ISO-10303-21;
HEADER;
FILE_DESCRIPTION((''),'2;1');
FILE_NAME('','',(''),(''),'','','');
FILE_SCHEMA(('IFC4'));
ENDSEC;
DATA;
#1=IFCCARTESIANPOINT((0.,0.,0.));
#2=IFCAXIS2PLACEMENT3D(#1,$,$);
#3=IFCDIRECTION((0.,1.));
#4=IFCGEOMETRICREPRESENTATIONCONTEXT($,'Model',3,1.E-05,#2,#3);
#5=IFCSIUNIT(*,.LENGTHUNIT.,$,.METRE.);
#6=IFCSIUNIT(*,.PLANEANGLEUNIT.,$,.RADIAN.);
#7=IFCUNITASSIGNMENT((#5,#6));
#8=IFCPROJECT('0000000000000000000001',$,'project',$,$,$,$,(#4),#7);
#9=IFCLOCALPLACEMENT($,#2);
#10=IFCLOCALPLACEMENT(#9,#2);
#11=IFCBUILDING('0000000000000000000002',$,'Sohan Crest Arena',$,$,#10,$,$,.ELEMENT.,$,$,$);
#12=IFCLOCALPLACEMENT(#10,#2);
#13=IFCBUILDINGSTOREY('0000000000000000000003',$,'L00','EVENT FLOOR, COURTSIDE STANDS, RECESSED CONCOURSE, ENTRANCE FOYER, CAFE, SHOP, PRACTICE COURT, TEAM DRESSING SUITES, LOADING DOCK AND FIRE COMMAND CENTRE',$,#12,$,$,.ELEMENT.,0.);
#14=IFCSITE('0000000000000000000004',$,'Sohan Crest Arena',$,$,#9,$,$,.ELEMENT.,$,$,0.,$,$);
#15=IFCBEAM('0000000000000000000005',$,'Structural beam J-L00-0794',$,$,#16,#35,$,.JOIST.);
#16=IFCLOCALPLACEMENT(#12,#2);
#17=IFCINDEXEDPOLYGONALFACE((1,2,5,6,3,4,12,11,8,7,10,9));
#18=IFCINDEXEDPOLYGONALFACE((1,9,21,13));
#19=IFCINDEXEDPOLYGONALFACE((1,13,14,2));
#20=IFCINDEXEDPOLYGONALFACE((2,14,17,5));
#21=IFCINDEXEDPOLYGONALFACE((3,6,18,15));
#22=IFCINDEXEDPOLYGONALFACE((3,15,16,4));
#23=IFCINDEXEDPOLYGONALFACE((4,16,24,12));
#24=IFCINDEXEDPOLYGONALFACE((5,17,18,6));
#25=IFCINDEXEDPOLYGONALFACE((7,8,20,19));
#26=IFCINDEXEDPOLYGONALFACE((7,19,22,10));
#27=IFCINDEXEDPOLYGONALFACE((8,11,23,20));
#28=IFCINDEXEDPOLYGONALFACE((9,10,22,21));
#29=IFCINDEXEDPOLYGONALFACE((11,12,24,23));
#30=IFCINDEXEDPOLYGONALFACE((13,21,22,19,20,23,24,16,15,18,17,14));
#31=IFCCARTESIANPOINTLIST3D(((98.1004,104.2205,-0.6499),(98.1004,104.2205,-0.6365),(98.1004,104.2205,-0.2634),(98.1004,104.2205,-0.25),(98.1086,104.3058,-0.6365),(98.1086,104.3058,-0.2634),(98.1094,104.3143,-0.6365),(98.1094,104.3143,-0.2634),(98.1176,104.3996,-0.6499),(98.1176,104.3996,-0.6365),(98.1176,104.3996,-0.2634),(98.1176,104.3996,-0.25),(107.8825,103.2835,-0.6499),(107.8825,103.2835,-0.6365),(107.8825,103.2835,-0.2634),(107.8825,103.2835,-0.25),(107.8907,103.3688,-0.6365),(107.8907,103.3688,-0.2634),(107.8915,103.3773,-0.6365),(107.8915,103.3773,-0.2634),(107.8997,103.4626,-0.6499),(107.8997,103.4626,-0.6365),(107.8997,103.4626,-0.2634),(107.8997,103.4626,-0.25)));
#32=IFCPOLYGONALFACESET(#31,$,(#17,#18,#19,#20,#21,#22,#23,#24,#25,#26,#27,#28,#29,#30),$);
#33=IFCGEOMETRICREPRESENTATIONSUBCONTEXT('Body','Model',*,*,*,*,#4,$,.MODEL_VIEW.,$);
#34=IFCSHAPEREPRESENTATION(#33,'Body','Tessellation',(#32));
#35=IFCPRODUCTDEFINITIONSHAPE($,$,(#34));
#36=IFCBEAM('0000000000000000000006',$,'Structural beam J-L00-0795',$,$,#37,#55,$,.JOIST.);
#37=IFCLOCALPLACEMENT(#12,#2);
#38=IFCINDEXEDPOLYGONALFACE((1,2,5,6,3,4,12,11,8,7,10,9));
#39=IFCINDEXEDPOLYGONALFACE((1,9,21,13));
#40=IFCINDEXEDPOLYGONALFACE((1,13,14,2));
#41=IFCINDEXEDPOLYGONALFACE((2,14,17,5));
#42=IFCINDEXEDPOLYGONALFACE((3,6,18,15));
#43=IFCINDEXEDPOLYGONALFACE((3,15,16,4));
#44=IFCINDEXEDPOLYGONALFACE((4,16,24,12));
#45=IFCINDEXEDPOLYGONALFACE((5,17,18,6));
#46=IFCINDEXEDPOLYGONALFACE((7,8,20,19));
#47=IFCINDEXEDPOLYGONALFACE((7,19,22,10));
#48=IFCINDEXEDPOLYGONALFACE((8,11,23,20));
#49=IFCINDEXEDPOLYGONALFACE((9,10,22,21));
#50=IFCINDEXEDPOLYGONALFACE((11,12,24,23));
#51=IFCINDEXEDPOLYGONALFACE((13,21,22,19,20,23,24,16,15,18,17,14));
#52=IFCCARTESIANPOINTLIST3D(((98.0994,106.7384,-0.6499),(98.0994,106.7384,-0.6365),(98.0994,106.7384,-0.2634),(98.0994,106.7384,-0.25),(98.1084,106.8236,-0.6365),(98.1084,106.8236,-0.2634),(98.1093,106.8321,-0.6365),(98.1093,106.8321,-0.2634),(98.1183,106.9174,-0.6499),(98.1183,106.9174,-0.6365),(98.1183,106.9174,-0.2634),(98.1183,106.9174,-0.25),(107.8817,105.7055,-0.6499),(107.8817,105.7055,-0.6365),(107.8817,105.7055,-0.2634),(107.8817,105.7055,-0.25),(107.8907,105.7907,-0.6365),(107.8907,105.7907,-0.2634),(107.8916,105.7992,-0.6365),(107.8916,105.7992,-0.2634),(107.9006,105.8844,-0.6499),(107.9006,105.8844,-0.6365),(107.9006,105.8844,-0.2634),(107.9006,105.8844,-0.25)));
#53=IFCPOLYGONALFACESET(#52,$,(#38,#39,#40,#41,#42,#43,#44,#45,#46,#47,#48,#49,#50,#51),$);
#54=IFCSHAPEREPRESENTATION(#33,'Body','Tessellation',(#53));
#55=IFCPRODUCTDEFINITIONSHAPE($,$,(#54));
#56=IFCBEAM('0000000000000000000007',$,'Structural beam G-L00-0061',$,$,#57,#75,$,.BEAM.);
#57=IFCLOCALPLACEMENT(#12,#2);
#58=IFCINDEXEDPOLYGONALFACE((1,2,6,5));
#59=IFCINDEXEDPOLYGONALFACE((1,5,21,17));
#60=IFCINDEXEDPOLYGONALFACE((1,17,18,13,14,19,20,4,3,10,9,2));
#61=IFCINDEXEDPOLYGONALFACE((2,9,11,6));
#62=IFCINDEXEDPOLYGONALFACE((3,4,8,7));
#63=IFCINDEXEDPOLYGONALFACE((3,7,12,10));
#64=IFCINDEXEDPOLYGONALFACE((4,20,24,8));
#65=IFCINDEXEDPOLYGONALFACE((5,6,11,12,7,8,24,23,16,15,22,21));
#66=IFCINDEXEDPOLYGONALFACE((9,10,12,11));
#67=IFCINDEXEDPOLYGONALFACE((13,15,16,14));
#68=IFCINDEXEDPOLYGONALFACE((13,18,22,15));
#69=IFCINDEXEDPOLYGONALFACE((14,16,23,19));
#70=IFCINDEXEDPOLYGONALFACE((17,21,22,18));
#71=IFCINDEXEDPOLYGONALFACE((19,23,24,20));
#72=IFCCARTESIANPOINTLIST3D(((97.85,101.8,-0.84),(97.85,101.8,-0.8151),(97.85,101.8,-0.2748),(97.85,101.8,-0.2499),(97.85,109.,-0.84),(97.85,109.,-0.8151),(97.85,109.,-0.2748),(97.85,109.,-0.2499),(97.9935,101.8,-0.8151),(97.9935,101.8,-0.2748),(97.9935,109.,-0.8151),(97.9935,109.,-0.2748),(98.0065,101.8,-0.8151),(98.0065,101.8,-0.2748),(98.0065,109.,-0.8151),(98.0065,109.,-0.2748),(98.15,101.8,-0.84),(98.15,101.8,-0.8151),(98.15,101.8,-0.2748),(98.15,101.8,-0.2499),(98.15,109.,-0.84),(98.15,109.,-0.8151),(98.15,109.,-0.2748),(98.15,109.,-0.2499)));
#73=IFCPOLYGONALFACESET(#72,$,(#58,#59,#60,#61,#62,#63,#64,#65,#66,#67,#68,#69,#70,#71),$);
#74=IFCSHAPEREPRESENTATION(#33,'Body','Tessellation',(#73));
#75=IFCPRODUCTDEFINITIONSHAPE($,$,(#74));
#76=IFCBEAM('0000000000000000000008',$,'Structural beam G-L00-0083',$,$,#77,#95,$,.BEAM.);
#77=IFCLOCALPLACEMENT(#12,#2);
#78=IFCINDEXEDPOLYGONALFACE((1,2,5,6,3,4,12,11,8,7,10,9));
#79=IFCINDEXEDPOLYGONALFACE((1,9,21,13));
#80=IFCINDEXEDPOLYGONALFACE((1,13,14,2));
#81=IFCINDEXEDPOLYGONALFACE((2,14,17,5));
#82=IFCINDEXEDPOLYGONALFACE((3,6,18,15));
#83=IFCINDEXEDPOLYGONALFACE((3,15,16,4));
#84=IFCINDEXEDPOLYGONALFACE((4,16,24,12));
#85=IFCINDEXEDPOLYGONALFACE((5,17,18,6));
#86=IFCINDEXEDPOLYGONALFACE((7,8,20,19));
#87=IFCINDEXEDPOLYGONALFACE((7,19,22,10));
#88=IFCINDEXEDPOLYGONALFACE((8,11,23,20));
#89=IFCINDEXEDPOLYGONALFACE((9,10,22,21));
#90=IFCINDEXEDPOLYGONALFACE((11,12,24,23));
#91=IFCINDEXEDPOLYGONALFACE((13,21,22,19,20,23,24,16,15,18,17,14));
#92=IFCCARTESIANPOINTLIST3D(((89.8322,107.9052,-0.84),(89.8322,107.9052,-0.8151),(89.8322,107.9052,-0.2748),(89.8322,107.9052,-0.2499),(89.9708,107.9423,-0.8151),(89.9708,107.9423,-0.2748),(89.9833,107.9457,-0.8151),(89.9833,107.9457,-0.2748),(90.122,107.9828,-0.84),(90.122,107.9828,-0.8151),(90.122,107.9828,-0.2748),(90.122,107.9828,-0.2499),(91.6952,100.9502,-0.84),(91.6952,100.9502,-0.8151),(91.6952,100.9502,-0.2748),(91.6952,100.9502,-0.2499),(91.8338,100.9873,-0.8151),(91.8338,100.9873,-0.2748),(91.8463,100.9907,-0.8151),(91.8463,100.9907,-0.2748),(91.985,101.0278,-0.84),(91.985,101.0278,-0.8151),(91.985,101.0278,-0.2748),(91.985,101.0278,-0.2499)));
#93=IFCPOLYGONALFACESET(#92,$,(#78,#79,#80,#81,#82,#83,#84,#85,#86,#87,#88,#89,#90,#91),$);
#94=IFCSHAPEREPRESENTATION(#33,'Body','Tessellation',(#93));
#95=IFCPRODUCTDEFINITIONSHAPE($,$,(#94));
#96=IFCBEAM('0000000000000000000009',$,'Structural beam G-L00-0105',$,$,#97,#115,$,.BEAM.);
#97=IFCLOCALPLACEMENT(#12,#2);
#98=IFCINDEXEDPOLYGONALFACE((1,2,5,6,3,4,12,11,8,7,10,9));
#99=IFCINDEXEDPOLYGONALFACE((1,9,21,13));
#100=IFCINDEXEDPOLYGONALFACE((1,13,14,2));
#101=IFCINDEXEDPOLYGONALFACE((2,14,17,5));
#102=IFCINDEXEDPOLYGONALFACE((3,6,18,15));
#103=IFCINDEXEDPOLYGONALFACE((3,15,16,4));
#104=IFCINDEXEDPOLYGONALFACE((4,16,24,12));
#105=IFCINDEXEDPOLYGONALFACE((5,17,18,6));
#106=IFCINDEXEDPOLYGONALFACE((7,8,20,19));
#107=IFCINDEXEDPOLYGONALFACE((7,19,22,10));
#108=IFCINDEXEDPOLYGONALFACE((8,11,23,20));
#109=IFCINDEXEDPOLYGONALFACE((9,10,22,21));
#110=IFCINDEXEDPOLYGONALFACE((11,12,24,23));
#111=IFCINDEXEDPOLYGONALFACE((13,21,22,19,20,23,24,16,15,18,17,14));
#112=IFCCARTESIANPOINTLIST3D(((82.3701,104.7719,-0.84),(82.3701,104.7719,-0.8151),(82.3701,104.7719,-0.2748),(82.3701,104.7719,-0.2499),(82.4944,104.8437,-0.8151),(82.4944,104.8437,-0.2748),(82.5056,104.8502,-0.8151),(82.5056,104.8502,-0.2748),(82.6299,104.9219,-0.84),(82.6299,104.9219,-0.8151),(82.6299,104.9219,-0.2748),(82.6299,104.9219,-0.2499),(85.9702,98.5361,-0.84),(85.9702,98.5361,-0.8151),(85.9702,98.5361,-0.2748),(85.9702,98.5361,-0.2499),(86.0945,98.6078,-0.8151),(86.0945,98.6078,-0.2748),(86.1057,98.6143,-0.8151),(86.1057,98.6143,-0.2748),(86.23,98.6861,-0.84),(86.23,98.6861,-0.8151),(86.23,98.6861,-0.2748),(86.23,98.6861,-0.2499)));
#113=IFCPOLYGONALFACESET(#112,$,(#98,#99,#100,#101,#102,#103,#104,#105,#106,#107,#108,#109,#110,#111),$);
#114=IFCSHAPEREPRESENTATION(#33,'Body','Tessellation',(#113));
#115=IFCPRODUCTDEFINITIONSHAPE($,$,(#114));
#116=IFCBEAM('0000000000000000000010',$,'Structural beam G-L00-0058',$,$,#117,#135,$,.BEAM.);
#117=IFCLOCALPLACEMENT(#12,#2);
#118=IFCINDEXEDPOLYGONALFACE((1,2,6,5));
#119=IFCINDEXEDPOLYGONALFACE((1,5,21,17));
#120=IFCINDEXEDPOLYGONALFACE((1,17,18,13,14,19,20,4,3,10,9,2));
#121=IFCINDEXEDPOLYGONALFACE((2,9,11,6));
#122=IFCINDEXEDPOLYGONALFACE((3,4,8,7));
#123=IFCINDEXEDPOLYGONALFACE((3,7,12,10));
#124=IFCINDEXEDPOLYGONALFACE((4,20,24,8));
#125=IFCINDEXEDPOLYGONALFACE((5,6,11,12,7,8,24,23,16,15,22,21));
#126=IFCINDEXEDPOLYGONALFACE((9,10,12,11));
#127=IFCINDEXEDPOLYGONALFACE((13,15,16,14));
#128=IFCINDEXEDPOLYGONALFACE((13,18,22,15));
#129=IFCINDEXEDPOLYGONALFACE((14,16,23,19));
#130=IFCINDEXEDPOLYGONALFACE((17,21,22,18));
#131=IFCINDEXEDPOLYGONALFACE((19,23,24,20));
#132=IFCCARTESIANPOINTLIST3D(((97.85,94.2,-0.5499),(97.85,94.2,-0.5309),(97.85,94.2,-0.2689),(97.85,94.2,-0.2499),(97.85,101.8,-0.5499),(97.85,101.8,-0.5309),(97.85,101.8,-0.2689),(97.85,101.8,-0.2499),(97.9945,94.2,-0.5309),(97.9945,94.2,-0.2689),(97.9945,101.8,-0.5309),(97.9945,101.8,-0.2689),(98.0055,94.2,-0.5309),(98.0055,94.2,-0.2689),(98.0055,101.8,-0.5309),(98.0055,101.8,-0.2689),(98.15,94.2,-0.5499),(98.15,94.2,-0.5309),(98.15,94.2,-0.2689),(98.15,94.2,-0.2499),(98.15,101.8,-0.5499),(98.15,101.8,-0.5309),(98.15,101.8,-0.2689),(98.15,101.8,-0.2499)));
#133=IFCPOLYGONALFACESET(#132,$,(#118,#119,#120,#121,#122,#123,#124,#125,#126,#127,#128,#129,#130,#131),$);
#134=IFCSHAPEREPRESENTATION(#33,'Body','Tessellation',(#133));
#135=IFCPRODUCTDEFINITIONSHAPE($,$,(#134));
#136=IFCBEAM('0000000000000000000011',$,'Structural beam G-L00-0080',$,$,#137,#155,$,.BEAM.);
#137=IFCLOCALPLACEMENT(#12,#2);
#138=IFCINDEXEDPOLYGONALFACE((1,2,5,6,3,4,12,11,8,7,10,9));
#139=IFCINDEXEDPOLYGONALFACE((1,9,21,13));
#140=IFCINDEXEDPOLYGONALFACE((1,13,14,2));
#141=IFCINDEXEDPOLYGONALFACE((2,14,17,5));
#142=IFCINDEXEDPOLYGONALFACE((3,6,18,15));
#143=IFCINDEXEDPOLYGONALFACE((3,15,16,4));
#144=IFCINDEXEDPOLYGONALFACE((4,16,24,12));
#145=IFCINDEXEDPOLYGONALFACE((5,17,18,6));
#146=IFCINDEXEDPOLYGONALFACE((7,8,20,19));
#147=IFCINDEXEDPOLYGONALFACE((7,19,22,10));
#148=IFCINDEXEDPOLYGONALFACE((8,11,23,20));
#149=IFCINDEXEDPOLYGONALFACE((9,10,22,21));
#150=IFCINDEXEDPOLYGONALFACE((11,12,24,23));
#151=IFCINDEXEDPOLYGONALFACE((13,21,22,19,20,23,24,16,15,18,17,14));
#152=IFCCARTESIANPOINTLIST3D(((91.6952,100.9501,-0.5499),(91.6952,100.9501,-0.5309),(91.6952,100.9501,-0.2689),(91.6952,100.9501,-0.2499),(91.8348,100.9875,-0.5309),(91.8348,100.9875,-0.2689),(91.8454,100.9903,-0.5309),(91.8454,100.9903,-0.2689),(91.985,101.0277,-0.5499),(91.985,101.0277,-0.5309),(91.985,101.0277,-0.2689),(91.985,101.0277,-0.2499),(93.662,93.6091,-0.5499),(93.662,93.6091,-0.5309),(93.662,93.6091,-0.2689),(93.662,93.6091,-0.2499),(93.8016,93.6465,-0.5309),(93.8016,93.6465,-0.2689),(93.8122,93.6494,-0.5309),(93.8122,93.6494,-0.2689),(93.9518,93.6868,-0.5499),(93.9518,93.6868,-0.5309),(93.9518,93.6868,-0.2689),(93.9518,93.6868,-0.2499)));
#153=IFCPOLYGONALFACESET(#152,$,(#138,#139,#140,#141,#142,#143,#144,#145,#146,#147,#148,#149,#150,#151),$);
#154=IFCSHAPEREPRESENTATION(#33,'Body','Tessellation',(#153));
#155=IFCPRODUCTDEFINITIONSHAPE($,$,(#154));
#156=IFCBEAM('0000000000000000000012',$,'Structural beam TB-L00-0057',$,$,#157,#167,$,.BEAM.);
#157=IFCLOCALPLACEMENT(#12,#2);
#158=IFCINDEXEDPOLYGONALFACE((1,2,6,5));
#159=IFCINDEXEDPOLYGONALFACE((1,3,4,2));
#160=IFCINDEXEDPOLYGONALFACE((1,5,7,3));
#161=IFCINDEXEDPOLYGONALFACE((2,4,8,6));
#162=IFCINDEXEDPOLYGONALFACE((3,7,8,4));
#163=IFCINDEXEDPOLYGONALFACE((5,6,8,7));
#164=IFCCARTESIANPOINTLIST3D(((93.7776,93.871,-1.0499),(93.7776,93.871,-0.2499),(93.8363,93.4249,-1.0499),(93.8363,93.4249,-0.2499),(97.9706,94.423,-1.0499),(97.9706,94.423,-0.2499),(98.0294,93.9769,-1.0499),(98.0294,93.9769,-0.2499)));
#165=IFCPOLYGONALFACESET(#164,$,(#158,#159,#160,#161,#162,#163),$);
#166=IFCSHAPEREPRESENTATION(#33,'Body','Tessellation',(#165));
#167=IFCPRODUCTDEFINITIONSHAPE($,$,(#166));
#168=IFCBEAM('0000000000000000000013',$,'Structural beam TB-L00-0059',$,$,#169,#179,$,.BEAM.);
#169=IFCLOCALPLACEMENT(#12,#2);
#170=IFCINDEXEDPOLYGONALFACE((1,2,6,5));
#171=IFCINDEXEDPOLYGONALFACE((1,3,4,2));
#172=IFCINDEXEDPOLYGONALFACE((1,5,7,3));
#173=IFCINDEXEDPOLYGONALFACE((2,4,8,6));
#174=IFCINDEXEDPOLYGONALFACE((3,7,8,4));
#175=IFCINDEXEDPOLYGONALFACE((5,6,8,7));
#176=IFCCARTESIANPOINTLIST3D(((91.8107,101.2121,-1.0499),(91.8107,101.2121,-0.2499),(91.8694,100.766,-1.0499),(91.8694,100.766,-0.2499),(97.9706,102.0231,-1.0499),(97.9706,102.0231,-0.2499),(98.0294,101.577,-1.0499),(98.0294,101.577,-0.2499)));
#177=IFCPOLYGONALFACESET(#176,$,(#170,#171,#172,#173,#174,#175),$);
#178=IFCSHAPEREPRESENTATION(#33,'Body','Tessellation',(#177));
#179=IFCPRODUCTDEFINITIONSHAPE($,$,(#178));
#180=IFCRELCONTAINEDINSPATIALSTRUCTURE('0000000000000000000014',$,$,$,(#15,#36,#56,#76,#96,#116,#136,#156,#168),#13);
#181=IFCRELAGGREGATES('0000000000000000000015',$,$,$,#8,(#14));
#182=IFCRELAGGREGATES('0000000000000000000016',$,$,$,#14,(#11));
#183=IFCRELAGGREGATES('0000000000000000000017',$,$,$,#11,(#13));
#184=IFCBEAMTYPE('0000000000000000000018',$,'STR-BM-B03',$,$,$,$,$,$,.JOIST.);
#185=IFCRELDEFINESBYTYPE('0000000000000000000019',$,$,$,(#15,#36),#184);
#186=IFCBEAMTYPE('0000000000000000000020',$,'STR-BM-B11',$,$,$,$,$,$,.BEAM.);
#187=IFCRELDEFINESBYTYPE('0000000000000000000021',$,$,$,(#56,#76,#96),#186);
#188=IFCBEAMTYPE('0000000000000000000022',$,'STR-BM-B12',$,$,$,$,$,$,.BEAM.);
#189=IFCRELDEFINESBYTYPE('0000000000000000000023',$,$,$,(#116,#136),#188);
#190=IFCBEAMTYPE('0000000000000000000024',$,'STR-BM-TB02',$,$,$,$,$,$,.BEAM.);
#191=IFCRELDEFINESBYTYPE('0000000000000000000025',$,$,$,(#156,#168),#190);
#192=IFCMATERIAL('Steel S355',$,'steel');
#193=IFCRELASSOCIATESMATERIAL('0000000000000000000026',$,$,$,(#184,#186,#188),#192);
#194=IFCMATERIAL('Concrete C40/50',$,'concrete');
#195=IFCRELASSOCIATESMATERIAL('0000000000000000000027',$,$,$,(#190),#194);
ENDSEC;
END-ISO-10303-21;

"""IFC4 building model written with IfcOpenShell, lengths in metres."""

from ifc_helpers import new_model, si_unit, direction, frame, origin, origin_2d, place, context, subcontext, project, spatial, rectangle, i_section, extrude, material, material_profile, profile_set, type_object, element, save


model = new_model("IFC4")

# Units and contexts
model_context = context("Model", 3, precision=1e-05, world=origin(), true_north=direction((0.0, 1.0)))
body_context = subcontext(model_context, "Body", "Model", "MODEL_VIEW")
ifc_project = project(units=[si_unit("LENGTHUNIT", "METRE"), si_unit("PLANEANGLEUNIT", "RADIAN")], contexts=[model_context])

# Site, building, storey
site_placement = place(None, origin())
site = spatial("IfcSite", under=ifc_project, at=site_placement, Name="Sohan Crest Arena", CompositionType="ELEMENT", RefElevation=0.0)
building_placement = place(site_placement, origin())
building = spatial("IfcBuilding", under=site, at=building_placement, Name="Sohan Crest Arena", CompositionType="ELEMENT")
storey_placement = place(building_placement, origin())
storey = spatial("IfcBuildingStorey", under=building, at=storey_placement, Name="L00", Description="EVENT FLOOR, COURTSIDE STANDS, RECESSED CONCOURSE, ENTRANCE FOYER, CAFE, SHOP, PRACTICE COURT, TEAM DRESSING SUITES, LOADING DOCK AND FIRE COMMAND CENTRE", CompositionType="ELEMENT", Elevation=0.0)

# Shared definitions
ifc_material_1 = material(Name="Concrete C40/50", Category="concrete")

# Beams
ifc_material_2 = material(Name="Steel S355", Category="steel")
ifc_material_profile_1 = material_profile(ifc_material_2, i_section(OverallWidth=0.1799, OverallDepth=0.3999, WebThickness=0.0085, FlangeThickness=0.0134, at=origin_2d()), Name="IPE 400")
ifc_profile_set_1 = profile_set([ifc_material_profile_1], Name="Steel S355")
beam_type_1 = type_object("IfcBeamType", Name="STR-BM-B03", PredefinedType="JOIST", material=ifc_profile_set_1)
beam_1_placement = place(storey_placement, frame((107.8911, 103.373, -0.45), z_axis=(-0.995444, 0.095351, 0.0), x_axis=(-0.095351, -0.995444, 0.0)))
element("IfcBeam", 1, at=beam_1_placement, inside=storey, type_object=beam_type_1, Name="Structural beam J-L00-0794", PredefinedType="JOIST", context=body_context, shape_type="SweptSolid", body=[
    extrude(i_section(OverallWidth=0.1799, OverallDepth=0.3999, WebThickness=0.0085, FlangeThickness=0.0134, at=origin_2d()), origin(), (0.0, 0.0, 1.0), 9.8269),
])
beam_2_placement = place(storey_placement, frame((107.8911, 105.7949, -0.45), z_axis=(-0.994471, 0.105012, 0.0), x_axis=(-0.105012, -0.994471, 0.0)))
element("IfcBeam", 2, at=beam_2_placement, inside=storey, type_object=beam_type_1, Name="Structural beam J-L00-0795", PredefinedType="JOIST", context=body_context, shape_type="SweptSolid", body=[
    extrude(i_section(OverallWidth=0.1799, OverallDepth=0.3999, WebThickness=0.0085, FlangeThickness=0.0134, at=origin_2d()), origin(), (0.0, 0.0, 1.0), 9.8367),
])
ifc_material_profile_2 = material_profile(ifc_material_2, i_section(OverallWidth=0.3, OverallDepth=0.5901, WebThickness=0.0129, FlangeThickness=0.0249, at=origin_2d()), Name="HEA 600")
ifc_profile_set_2 = profile_set([ifc_material_profile_2], Name="Steel S355")
beam_type_2 = type_object("IfcBeamType", Name="STR-BM-B11", PredefinedType="BEAM", material=ifc_profile_set_2)
beam_3_placement = place(storey_placement, frame((98.0, 101.8, -0.5449), z_axis=(0.0, 1.0, 0.0), x_axis=(-1.0, 0.0, 0.0)))
element("IfcBeam", 3, at=beam_3_placement, inside=storey, type_object=beam_type_2, Name="Structural beam G-L00-0061", PredefinedType="BEAM", context=body_context, shape_type="SweptSolid", body=[
    extrude(i_section(OverallWidth=0.3, OverallDepth=0.5901, WebThickness=0.0129, FlangeThickness=0.0249, at=origin_2d()), origin(), (0.0, 0.0, 1.0), 7.2),
])
beam_4_placement = place(storey_placement, frame((91.8401, 100.989, -0.5449), z_axis=(-0.258745, 0.965946, 0.0), x_axis=(-0.965946, -0.258745, 0.0)))
element("IfcBeam", 4, at=beam_4_placement, inside=storey, type_object=beam_type_2, Name="Structural beam G-L00-0083", PredefinedType="BEAM", context=body_context, shape_type="SweptSolid", body=[
    extrude(i_section(OverallWidth=0.3, OverallDepth=0.5901, WebThickness=0.0129, FlangeThickness=0.0249, at=origin_2d()), origin(), (0.0, 0.0, 1.0), 7.2002),
])
beam_5_placement = place(storey_placement, frame((86.1001, 98.6111, -0.5449), z_axis=(-0.499983, 0.866035, 0.0), x_axis=(-0.866035, -0.499983, 0.0)))
element("IfcBeam", 5, at=beam_5_placement, inside=storey, type_object=beam_type_2, Name="Structural beam G-L00-0105", PredefinedType="BEAM", context=body_context, shape_type="SweptSolid", body=[
    extrude(i_section(OverallWidth=0.3, OverallDepth=0.5901, WebThickness=0.0129, FlangeThickness=0.0249, at=origin_2d()), origin(), (0.0, 0.0, 1.0), 7.2004),
])
ifc_material_profile_3 = material_profile(ifc_material_2, i_section(OverallWidth=0.3, OverallDepth=0.3, WebThickness=0.011, FlangeThickness=0.019, at=origin_2d()), Name="HEB 300")
ifc_profile_set_3 = profile_set([ifc_material_profile_3], Name="Steel S355")
beam_type_3 = type_object("IfcBeamType", Name="STR-BM-B12", PredefinedType="BEAM", material=ifc_profile_set_3)
beam_6_placement = place(storey_placement, frame((98.0, 94.2, -0.3999), z_axis=(0.0, 1.0, 0.0), x_axis=(-1.0, 0.0, 0.0)))
element("IfcBeam", 6, at=beam_6_placement, inside=storey, type_object=beam_type_3, Name="Structural beam G-L00-0058", PredefinedType="BEAM", context=body_context, shape_type="SweptSolid", body=[
    extrude(i_section(OverallWidth=0.3, OverallDepth=0.3, WebThickness=0.011, FlangeThickness=0.019, at=origin_2d()), origin(), (0.0, 0.0, 1.0), 7.6001),
])
beam_7_placement = place(storey_placement, frame((93.8069, 93.6479, -0.3999), z_axis=(-0.25879, 0.965934, 0.0), x_axis=(-0.965934, -0.25879, 0.0)))
element("IfcBeam", 7, at=beam_7_placement, inside=storey, type_object=beam_type_3, Name="Structural beam G-L00-0080", PredefinedType="BEAM", context=body_context, shape_type="SweptSolid", body=[
    extrude(i_section(OverallWidth=0.3, OverallDepth=0.3, WebThickness=0.011, FlangeThickness=0.019, at=origin_2d()), origin(), (0.0, 0.0, 1.0), 7.5999),
])
ifc_material_profile_4 = material_profile(ifc_material_1, rectangle(XDim=0.45, YDim=0.8, at=origin_2d()), Name="RC-BM 450x800")
ifc_profile_set_4 = profile_set([ifc_material_profile_4], Name="Concrete C40/50")
beam_type_4 = type_object("IfcBeamType", Name="STR-BM-TB02", PredefinedType="BEAM", material=ifc_profile_set_4)
beam_8_placement = place(storey_placement, frame((98.0, 94.2, -0.6499), z_axis=(-0.991446, -0.130519, 0.0), x_axis=(0.130519, -0.991446, 0.0)))
element("IfcBeam", 8, at=beam_8_placement, inside=storey, type_object=beam_type_4, Name="Structural beam TB-L00-0057", PredefinedType="BEAM", context=body_context, shape_type="SweptSolid", body=[
    extrude(rectangle(XDim=0.45, YDim=0.8, at=origin_2d()), origin(), (0.0, 0.0, 1.0), 4.2292),
])
beam_9_placement = place(storey_placement, frame((98.0, 101.8, -0.6499), z_axis=(-0.991443, -0.130537, 0.0), x_axis=(0.130537, -0.991443, 0.0)))
element("IfcBeam", 9, at=beam_9_placement, inside=storey, type_object=beam_type_4, Name="Structural beam TB-L00-0059", PredefinedType="BEAM", context=body_context, shape_type="SweptSolid", body=[
    extrude(rectangle(XDim=0.45, YDim=0.8, at=origin_2d()), origin(), (0.0, 0.0, 1.0), 6.2131),
])

save(model, "model.ifc")
